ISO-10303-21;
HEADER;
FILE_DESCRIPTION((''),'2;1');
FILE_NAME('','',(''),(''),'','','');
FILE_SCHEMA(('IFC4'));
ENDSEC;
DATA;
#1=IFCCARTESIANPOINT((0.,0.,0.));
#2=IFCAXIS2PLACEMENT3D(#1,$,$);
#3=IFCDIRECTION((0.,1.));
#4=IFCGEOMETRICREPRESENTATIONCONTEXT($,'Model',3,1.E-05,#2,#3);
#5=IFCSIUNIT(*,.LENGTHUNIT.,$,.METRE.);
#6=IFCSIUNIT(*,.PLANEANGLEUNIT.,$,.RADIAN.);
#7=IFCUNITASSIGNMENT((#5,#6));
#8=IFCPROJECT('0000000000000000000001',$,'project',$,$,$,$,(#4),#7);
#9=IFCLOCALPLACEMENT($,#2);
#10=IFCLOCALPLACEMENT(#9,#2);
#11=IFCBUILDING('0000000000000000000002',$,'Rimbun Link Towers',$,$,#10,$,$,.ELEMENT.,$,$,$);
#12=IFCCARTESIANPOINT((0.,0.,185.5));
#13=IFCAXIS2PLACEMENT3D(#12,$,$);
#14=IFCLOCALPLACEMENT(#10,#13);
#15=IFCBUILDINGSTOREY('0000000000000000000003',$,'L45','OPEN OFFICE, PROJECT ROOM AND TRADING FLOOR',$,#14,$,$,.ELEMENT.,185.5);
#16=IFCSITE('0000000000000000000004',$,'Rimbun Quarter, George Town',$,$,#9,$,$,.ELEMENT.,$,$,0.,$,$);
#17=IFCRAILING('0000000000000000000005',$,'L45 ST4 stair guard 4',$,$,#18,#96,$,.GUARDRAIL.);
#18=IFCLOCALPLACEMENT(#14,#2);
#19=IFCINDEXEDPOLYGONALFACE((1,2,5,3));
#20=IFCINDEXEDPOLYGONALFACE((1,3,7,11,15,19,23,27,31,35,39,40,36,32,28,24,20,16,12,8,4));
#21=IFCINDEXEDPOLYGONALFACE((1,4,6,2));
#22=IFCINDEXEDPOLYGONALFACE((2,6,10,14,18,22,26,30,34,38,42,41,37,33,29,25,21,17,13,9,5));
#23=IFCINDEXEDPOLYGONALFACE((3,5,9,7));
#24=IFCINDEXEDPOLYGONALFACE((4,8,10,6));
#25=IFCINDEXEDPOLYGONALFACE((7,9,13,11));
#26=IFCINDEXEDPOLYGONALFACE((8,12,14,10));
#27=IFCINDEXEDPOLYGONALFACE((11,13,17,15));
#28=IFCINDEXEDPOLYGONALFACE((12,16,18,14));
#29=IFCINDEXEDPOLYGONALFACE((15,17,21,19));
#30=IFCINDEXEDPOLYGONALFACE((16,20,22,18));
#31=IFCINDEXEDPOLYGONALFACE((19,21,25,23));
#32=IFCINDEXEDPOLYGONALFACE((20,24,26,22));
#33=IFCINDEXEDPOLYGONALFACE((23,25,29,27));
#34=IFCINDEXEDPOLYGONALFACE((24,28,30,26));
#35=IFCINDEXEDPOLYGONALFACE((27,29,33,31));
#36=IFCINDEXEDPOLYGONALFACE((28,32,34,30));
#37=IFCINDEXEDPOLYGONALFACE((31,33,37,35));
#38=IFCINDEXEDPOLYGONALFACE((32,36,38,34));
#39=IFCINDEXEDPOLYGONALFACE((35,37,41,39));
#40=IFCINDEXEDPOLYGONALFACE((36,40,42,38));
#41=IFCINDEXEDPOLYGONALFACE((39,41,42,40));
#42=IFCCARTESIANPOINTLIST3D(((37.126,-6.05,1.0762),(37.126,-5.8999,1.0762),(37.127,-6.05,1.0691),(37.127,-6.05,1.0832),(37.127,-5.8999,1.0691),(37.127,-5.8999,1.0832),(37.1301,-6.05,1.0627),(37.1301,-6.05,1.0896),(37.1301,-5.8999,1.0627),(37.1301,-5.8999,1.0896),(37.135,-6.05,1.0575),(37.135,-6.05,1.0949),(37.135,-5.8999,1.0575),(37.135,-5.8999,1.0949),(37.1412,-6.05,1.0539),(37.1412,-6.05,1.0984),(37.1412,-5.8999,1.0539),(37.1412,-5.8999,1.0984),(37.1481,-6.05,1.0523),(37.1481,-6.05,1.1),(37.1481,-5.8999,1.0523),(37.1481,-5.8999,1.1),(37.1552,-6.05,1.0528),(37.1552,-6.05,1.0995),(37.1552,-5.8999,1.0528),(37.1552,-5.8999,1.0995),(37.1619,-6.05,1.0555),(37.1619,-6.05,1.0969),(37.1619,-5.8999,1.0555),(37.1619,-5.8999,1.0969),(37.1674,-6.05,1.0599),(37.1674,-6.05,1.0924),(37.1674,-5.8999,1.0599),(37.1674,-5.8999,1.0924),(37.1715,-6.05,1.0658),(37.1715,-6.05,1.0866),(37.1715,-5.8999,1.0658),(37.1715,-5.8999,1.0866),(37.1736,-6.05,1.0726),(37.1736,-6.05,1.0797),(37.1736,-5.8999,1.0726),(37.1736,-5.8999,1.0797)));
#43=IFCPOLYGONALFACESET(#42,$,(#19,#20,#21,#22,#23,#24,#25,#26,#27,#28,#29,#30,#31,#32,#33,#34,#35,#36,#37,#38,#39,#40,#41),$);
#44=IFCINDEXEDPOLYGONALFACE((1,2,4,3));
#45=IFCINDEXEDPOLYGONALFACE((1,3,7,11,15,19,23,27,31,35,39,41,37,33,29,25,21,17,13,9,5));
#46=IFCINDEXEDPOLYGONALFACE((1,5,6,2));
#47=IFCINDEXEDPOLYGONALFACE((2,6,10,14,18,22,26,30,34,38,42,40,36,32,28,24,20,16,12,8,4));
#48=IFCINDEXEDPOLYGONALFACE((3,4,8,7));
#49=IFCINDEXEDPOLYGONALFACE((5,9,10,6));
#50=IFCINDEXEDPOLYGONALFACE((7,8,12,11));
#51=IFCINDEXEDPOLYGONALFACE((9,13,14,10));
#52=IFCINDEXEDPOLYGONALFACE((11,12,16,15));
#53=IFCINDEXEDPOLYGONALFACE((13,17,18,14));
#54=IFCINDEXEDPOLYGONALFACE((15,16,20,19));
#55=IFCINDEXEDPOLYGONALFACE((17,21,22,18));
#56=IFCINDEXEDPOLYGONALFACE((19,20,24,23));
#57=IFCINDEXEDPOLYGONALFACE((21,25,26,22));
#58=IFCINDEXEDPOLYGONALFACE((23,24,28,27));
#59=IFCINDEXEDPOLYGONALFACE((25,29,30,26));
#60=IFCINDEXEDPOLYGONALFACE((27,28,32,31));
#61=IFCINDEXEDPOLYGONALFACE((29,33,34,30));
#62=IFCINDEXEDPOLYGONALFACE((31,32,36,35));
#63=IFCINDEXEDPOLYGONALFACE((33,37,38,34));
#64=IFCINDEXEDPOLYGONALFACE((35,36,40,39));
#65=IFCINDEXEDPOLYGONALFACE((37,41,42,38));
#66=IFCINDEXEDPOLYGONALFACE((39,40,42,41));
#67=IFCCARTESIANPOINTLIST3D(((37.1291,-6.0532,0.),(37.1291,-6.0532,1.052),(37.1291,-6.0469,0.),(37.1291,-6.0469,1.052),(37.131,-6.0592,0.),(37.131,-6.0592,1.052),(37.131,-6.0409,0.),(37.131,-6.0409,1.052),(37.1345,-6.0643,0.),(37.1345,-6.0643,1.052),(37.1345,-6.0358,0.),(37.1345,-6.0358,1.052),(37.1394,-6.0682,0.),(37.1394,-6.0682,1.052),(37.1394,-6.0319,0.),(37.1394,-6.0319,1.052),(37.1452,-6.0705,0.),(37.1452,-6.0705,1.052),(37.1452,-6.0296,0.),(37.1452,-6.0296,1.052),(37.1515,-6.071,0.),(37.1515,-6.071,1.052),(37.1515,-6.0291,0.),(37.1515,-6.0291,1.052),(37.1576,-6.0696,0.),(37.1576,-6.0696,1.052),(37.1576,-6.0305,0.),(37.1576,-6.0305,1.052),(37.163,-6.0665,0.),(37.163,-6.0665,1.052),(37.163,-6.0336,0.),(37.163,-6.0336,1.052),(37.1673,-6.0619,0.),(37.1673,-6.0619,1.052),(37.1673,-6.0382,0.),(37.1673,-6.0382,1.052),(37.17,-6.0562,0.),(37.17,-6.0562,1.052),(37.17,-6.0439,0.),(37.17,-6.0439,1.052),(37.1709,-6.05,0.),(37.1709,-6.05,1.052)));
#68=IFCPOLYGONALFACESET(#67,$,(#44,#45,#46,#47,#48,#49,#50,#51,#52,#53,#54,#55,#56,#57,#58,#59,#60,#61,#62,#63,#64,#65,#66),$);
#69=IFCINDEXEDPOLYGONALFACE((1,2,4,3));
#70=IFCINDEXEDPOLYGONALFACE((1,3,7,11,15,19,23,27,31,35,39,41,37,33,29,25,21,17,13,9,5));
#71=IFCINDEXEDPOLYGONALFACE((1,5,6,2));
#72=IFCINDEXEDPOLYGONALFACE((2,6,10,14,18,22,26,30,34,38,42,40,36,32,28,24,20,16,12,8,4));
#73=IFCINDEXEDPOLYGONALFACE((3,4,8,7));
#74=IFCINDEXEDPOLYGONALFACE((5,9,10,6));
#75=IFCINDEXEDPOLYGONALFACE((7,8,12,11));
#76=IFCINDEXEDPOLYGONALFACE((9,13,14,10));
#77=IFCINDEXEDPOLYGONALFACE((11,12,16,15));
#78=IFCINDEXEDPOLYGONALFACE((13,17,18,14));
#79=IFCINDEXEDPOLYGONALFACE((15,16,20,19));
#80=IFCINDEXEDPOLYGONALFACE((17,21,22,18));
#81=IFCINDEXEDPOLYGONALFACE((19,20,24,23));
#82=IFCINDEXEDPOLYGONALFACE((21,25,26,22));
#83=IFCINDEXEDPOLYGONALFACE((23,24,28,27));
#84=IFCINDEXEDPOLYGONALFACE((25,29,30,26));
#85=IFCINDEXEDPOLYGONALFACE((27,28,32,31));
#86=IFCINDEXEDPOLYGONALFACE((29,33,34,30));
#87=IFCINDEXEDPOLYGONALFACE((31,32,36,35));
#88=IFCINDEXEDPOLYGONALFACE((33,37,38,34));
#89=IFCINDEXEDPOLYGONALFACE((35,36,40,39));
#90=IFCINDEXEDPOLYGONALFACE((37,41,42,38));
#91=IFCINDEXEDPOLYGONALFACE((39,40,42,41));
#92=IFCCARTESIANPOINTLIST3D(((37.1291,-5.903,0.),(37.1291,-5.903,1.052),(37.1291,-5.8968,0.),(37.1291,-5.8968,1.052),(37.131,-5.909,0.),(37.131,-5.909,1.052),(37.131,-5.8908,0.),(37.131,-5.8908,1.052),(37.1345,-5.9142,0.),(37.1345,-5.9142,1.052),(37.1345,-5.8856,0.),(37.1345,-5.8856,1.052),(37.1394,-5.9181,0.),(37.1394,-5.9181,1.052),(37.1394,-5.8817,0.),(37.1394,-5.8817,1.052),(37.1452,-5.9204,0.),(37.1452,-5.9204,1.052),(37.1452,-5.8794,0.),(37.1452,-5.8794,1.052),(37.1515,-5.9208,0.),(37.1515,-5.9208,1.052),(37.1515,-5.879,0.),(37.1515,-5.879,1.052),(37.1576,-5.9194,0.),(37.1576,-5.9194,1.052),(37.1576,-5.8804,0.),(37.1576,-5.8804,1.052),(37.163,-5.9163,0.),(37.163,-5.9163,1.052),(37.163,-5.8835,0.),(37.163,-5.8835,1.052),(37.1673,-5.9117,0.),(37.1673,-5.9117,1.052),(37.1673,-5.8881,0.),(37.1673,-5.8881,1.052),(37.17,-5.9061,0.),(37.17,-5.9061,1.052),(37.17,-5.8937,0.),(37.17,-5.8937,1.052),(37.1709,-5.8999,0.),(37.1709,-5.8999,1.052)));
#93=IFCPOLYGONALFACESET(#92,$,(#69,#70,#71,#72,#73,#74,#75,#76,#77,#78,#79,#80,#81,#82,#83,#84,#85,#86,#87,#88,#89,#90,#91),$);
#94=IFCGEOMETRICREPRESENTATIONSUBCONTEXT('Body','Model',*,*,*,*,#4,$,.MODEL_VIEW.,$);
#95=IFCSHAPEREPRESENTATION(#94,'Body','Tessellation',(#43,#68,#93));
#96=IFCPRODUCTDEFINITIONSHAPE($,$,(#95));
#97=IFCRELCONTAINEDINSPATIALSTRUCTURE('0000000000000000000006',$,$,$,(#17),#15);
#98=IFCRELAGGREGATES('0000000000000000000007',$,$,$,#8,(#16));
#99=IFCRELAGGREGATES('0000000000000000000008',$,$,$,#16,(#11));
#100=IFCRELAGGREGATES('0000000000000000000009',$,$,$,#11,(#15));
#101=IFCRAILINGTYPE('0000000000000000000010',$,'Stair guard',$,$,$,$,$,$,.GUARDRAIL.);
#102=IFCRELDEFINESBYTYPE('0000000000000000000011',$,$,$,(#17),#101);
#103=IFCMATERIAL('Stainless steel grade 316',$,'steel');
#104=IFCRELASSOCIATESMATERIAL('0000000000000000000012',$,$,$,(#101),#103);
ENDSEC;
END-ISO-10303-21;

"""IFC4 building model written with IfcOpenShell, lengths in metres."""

from ifc_helpers import new_model, si_unit, direction, frame, origin, origin_2d, place, context, subcontext, project, spatial, circle, extrude, material, type_object, element, save


model = new_model("IFC4")

# Units and contexts
model_context = context("Model", 3, precision=1e-05, world=origin(), true_north=direction((0.0, 1.0)))
body_context = subcontext(model_context, "Body", "Model", "MODEL_VIEW")
ifc_project = project(units=[si_unit("LENGTHUNIT", "METRE"), si_unit("PLANEANGLEUNIT", "RADIAN")], contexts=[model_context])

# Site, building, storey
site_placement = place(None, origin())
site = spatial("IfcSite", under=ifc_project, at=site_placement, Name="Rimbun Quarter, George Town", CompositionType="ELEMENT", RefElevation=0.0)
building_placement = place(site_placement, origin())
building = spatial("IfcBuilding", under=site, at=building_placement, Name="Rimbun Link Towers", CompositionType="ELEMENT")
storey_placement = place(building_placement, frame((0.0, 0.0, 185.5)))
storey = spatial("IfcBuildingStorey", under=building, at=storey_placement, Name="L45", Description="OPEN OFFICE, PROJECT ROOM AND TRADING FLOOR", CompositionType="ELEMENT", Elevation=185.5)

# Railing
ifc_material_1 = material(Name="Stainless steel grade 316", Category="steel")
railing_type_1 = type_object("IfcRailingType", Name="Stair guard", PredefinedType="GUARDRAIL", material=ifc_material_1)
railing_1_placement = place(storey_placement, frame((37.1499, -6.05, 0.0)))
element("IfcRailing", 1, at=railing_1_placement, inside=storey, type_object=railing_type_1, Name="L45 ST4 stair guard 4", PredefinedType="GUARDRAIL", context=body_context, shape_type="SweptSolid", body=[
    extrude(circle(Radius=0.0239, at=origin_2d()), frame((0.0, 0.0, 1.0762), z_axis=(0.0, 1.0, 0.0), x_axis=(-1.0, 0.0, 0.0)), (0.0, 0.0, 1.0), 0.1501),
    extrude(circle(Radius=0.021, at=origin_2d()), origin(), (0.0, 0.0, 1.0), 1.052),
    extrude(circle(Radius=0.021, at=origin_2d()), frame((0.0, 0.1501, 0.0)), (0.0, 0.0, 1.0), 1.052),
])

save(model, "model.ifc")
